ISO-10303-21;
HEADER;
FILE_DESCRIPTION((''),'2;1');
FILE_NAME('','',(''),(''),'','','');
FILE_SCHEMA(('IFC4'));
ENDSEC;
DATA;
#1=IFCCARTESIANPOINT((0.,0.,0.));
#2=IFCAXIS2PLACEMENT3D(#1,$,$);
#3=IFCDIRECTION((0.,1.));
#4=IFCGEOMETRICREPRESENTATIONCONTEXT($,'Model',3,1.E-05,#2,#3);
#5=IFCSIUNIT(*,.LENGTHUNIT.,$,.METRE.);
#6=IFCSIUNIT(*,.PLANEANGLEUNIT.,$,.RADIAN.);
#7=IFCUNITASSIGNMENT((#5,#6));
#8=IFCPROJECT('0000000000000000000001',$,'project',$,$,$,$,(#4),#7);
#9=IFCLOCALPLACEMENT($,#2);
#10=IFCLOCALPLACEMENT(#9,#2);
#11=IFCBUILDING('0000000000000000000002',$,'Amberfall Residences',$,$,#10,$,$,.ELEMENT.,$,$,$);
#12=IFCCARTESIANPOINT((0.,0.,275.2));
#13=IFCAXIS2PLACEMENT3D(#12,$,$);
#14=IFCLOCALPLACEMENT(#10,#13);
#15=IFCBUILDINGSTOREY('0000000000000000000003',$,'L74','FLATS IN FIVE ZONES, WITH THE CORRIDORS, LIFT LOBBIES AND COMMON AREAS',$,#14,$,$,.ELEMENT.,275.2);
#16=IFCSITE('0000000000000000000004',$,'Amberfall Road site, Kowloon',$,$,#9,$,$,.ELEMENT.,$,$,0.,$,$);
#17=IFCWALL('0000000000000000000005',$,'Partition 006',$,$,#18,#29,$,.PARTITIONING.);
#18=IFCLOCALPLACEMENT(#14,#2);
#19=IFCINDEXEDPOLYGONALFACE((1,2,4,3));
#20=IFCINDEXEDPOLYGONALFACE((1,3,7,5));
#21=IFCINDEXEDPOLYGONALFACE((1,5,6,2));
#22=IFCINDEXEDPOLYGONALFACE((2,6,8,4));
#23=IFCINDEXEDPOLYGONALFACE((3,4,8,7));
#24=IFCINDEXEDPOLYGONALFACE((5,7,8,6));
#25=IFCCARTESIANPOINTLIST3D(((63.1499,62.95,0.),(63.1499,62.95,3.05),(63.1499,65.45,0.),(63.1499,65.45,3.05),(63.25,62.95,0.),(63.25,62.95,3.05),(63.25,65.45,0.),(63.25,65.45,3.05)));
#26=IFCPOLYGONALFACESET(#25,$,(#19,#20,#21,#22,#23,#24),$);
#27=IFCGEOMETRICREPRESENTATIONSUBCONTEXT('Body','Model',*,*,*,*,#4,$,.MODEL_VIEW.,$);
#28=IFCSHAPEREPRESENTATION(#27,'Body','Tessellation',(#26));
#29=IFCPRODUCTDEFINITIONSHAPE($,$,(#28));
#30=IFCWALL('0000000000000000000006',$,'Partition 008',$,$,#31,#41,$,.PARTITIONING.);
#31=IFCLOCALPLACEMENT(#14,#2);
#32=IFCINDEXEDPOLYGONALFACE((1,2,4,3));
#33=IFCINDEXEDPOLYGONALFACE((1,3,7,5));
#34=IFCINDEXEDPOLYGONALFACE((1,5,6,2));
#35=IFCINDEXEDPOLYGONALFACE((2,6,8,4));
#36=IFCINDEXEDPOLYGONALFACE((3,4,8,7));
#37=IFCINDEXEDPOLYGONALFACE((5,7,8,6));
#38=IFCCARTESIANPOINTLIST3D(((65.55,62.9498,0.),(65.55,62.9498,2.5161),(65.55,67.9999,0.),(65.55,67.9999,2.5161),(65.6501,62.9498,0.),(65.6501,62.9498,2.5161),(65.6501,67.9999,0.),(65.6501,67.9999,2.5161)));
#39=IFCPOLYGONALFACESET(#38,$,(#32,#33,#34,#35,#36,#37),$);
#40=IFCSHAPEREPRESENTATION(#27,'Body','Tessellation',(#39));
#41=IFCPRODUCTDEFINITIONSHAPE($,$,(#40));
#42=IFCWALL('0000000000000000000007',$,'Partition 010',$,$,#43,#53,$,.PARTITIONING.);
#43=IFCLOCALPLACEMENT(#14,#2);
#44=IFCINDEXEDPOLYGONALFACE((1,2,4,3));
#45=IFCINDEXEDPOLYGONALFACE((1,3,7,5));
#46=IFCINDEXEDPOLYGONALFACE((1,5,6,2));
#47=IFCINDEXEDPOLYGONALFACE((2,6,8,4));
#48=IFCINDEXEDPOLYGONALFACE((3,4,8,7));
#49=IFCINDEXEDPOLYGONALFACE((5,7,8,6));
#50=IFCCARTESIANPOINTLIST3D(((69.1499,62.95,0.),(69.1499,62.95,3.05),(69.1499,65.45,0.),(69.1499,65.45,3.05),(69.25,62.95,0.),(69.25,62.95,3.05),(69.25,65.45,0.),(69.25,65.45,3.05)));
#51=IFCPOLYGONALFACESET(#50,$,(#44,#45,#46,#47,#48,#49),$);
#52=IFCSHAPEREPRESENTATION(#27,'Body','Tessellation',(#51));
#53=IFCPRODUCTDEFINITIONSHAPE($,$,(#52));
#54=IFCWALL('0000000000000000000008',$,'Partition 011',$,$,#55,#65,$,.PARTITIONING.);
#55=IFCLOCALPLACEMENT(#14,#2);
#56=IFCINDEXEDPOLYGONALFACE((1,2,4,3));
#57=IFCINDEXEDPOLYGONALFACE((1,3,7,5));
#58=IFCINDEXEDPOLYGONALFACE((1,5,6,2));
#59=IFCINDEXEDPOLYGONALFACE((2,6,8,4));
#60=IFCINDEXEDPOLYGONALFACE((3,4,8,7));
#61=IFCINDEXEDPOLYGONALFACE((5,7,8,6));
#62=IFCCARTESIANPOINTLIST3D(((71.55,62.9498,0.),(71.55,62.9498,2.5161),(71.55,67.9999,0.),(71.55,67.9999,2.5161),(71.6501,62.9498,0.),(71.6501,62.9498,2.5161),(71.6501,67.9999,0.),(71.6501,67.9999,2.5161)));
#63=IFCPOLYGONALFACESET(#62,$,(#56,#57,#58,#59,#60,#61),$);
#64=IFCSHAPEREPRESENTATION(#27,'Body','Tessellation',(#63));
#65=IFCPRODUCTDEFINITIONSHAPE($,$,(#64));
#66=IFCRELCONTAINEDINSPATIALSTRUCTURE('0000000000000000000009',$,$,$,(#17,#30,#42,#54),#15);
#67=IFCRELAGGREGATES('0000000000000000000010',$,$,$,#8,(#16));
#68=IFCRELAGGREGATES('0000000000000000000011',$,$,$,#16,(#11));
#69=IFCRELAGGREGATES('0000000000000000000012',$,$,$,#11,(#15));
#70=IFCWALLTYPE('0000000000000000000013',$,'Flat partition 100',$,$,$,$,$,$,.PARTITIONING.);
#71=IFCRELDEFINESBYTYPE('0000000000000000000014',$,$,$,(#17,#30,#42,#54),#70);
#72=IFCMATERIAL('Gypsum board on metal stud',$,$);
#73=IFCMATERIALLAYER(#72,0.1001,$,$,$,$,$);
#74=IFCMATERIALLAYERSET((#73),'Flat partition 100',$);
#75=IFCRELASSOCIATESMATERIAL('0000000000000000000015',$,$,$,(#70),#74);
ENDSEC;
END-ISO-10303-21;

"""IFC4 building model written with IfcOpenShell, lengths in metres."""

from ifc_helpers import new_model, si_unit, direction, frame, frame_2d, origin, place, context, subcontext, project, spatial, rectangle, extrude, material, layer, layer_set, type_object, element, save


model = new_model("IFC4")

# Units and contexts
model_context = context("Model", 3, precision=1e-05, world=origin(), true_north=direction((0.0, 1.0)))
body_context = subcontext(model_context, "Body", "Model", "MODEL_VIEW")
ifc_project = project(units=[si_unit("LENGTHUNIT", "METRE"), si_unit("PLANEANGLEUNIT", "RADIAN")], contexts=[model_context])

# Site, building, storey
site_placement = place(None, origin())
site = spatial("IfcSite", under=ifc_project, at=site_placement, Name="Amberfall Road site, Kowloon", CompositionType="ELEMENT", RefElevation=0.0)
building_placement = place(site_placement, origin())
building = spatial("IfcBuilding", under=site, at=building_placement, Name="Amberfall Residences", CompositionType="ELEMENT")
storey_placement = place(building_placement, frame((0.0, 0.0, 275.2)))
storey = spatial("IfcBuildingStorey", under=building, at=storey_placement, Name="L74", Description="FLATS IN FIVE ZONES, WITH THE CORRIDORS, LIFT LOBBIES AND COMMON AREAS", CompositionType="ELEMENT", Elevation=275.2)

# Walls
ifc_material_1 = material(Name="Gypsum board on metal stud")
ifc_layer_1 = layer(ifc_material_1, 0.1001)
ifc_layer_set_1 = layer_set([ifc_layer_1], Name="Flat partition 100")
wall_type_1 = type_object("IfcWallType", Name="Flat partition 100", PredefinedType="PARTITIONING", material=ifc_layer_set_1)
wall_1_placement = place(storey_placement, frame((63.2, 62.95, 0.0), z_axis=(0.0, 0.0, 1.0), x_axis=(0.0, 1.0, 0.0)))
element("IfcWall", 1, at=wall_1_placement, inside=storey, type_object=wall_type_1, Name="Partition 006", PredefinedType="PARTITIONING", context=body_context, shape_type="SweptSolid", body=[
    extrude(rectangle(XDim=2.5, YDim=0.1001, at=frame_2d((1.25, 0.0))), origin(), (0.0, 0.0, 1.0), 3.05),
])
wall_2_placement = place(storey_placement, frame((65.6001, 62.95, 0.0), z_axis=(0.0, 0.0, 1.0), x_axis=(0.0, 1.0, 0.0)))
element("IfcWall", 2, at=wall_2_placement, inside=storey, type_object=wall_type_1, Name="Partition 008", PredefinedType="PARTITIONING", context=body_context, shape_type="SweptSolid", body=[
    extrude(rectangle(XDim=5.05, YDim=0.1001, at=frame_2d((2.5249, 0.0))), origin(), (0.0, 0.0, 1.0), 2.5161),
])
wall_3_placement = place(storey_placement, frame((69.2, 62.95, 0.0), z_axis=(0.0, 0.0, 1.0), x_axis=(0.0, 1.0, 0.0)))
element("IfcWall", 3, at=wall_3_placement, inside=storey, type_object=wall_type_1, Name="Partition 010", PredefinedType="PARTITIONING", context=body_context, shape_type="SweptSolid", body=[
    extrude(rectangle(XDim=2.5, YDim=0.1001, at=frame_2d((1.25, 0.0))), origin(), (0.0, 0.0, 1.0), 3.05),
])
wall_4_placement = place(storey_placement, frame((71.6001, 62.95, 0.0), z_axis=(0.0, 0.0, 1.0), x_axis=(0.0, 1.0, 0.0)))
element("IfcWall", 4, at=wall_4_placement, inside=storey, type_object=wall_type_1, Name="Partition 011", PredefinedType="PARTITIONING", context=body_context, shape_type="SweptSolid", body=[
    extrude(rectangle(XDim=5.05, YDim=0.1001, at=frame_2d((2.5249, 0.0))), origin(), (0.0, 0.0, 1.0), 2.5161),
])

save(model, "model.ifc")
